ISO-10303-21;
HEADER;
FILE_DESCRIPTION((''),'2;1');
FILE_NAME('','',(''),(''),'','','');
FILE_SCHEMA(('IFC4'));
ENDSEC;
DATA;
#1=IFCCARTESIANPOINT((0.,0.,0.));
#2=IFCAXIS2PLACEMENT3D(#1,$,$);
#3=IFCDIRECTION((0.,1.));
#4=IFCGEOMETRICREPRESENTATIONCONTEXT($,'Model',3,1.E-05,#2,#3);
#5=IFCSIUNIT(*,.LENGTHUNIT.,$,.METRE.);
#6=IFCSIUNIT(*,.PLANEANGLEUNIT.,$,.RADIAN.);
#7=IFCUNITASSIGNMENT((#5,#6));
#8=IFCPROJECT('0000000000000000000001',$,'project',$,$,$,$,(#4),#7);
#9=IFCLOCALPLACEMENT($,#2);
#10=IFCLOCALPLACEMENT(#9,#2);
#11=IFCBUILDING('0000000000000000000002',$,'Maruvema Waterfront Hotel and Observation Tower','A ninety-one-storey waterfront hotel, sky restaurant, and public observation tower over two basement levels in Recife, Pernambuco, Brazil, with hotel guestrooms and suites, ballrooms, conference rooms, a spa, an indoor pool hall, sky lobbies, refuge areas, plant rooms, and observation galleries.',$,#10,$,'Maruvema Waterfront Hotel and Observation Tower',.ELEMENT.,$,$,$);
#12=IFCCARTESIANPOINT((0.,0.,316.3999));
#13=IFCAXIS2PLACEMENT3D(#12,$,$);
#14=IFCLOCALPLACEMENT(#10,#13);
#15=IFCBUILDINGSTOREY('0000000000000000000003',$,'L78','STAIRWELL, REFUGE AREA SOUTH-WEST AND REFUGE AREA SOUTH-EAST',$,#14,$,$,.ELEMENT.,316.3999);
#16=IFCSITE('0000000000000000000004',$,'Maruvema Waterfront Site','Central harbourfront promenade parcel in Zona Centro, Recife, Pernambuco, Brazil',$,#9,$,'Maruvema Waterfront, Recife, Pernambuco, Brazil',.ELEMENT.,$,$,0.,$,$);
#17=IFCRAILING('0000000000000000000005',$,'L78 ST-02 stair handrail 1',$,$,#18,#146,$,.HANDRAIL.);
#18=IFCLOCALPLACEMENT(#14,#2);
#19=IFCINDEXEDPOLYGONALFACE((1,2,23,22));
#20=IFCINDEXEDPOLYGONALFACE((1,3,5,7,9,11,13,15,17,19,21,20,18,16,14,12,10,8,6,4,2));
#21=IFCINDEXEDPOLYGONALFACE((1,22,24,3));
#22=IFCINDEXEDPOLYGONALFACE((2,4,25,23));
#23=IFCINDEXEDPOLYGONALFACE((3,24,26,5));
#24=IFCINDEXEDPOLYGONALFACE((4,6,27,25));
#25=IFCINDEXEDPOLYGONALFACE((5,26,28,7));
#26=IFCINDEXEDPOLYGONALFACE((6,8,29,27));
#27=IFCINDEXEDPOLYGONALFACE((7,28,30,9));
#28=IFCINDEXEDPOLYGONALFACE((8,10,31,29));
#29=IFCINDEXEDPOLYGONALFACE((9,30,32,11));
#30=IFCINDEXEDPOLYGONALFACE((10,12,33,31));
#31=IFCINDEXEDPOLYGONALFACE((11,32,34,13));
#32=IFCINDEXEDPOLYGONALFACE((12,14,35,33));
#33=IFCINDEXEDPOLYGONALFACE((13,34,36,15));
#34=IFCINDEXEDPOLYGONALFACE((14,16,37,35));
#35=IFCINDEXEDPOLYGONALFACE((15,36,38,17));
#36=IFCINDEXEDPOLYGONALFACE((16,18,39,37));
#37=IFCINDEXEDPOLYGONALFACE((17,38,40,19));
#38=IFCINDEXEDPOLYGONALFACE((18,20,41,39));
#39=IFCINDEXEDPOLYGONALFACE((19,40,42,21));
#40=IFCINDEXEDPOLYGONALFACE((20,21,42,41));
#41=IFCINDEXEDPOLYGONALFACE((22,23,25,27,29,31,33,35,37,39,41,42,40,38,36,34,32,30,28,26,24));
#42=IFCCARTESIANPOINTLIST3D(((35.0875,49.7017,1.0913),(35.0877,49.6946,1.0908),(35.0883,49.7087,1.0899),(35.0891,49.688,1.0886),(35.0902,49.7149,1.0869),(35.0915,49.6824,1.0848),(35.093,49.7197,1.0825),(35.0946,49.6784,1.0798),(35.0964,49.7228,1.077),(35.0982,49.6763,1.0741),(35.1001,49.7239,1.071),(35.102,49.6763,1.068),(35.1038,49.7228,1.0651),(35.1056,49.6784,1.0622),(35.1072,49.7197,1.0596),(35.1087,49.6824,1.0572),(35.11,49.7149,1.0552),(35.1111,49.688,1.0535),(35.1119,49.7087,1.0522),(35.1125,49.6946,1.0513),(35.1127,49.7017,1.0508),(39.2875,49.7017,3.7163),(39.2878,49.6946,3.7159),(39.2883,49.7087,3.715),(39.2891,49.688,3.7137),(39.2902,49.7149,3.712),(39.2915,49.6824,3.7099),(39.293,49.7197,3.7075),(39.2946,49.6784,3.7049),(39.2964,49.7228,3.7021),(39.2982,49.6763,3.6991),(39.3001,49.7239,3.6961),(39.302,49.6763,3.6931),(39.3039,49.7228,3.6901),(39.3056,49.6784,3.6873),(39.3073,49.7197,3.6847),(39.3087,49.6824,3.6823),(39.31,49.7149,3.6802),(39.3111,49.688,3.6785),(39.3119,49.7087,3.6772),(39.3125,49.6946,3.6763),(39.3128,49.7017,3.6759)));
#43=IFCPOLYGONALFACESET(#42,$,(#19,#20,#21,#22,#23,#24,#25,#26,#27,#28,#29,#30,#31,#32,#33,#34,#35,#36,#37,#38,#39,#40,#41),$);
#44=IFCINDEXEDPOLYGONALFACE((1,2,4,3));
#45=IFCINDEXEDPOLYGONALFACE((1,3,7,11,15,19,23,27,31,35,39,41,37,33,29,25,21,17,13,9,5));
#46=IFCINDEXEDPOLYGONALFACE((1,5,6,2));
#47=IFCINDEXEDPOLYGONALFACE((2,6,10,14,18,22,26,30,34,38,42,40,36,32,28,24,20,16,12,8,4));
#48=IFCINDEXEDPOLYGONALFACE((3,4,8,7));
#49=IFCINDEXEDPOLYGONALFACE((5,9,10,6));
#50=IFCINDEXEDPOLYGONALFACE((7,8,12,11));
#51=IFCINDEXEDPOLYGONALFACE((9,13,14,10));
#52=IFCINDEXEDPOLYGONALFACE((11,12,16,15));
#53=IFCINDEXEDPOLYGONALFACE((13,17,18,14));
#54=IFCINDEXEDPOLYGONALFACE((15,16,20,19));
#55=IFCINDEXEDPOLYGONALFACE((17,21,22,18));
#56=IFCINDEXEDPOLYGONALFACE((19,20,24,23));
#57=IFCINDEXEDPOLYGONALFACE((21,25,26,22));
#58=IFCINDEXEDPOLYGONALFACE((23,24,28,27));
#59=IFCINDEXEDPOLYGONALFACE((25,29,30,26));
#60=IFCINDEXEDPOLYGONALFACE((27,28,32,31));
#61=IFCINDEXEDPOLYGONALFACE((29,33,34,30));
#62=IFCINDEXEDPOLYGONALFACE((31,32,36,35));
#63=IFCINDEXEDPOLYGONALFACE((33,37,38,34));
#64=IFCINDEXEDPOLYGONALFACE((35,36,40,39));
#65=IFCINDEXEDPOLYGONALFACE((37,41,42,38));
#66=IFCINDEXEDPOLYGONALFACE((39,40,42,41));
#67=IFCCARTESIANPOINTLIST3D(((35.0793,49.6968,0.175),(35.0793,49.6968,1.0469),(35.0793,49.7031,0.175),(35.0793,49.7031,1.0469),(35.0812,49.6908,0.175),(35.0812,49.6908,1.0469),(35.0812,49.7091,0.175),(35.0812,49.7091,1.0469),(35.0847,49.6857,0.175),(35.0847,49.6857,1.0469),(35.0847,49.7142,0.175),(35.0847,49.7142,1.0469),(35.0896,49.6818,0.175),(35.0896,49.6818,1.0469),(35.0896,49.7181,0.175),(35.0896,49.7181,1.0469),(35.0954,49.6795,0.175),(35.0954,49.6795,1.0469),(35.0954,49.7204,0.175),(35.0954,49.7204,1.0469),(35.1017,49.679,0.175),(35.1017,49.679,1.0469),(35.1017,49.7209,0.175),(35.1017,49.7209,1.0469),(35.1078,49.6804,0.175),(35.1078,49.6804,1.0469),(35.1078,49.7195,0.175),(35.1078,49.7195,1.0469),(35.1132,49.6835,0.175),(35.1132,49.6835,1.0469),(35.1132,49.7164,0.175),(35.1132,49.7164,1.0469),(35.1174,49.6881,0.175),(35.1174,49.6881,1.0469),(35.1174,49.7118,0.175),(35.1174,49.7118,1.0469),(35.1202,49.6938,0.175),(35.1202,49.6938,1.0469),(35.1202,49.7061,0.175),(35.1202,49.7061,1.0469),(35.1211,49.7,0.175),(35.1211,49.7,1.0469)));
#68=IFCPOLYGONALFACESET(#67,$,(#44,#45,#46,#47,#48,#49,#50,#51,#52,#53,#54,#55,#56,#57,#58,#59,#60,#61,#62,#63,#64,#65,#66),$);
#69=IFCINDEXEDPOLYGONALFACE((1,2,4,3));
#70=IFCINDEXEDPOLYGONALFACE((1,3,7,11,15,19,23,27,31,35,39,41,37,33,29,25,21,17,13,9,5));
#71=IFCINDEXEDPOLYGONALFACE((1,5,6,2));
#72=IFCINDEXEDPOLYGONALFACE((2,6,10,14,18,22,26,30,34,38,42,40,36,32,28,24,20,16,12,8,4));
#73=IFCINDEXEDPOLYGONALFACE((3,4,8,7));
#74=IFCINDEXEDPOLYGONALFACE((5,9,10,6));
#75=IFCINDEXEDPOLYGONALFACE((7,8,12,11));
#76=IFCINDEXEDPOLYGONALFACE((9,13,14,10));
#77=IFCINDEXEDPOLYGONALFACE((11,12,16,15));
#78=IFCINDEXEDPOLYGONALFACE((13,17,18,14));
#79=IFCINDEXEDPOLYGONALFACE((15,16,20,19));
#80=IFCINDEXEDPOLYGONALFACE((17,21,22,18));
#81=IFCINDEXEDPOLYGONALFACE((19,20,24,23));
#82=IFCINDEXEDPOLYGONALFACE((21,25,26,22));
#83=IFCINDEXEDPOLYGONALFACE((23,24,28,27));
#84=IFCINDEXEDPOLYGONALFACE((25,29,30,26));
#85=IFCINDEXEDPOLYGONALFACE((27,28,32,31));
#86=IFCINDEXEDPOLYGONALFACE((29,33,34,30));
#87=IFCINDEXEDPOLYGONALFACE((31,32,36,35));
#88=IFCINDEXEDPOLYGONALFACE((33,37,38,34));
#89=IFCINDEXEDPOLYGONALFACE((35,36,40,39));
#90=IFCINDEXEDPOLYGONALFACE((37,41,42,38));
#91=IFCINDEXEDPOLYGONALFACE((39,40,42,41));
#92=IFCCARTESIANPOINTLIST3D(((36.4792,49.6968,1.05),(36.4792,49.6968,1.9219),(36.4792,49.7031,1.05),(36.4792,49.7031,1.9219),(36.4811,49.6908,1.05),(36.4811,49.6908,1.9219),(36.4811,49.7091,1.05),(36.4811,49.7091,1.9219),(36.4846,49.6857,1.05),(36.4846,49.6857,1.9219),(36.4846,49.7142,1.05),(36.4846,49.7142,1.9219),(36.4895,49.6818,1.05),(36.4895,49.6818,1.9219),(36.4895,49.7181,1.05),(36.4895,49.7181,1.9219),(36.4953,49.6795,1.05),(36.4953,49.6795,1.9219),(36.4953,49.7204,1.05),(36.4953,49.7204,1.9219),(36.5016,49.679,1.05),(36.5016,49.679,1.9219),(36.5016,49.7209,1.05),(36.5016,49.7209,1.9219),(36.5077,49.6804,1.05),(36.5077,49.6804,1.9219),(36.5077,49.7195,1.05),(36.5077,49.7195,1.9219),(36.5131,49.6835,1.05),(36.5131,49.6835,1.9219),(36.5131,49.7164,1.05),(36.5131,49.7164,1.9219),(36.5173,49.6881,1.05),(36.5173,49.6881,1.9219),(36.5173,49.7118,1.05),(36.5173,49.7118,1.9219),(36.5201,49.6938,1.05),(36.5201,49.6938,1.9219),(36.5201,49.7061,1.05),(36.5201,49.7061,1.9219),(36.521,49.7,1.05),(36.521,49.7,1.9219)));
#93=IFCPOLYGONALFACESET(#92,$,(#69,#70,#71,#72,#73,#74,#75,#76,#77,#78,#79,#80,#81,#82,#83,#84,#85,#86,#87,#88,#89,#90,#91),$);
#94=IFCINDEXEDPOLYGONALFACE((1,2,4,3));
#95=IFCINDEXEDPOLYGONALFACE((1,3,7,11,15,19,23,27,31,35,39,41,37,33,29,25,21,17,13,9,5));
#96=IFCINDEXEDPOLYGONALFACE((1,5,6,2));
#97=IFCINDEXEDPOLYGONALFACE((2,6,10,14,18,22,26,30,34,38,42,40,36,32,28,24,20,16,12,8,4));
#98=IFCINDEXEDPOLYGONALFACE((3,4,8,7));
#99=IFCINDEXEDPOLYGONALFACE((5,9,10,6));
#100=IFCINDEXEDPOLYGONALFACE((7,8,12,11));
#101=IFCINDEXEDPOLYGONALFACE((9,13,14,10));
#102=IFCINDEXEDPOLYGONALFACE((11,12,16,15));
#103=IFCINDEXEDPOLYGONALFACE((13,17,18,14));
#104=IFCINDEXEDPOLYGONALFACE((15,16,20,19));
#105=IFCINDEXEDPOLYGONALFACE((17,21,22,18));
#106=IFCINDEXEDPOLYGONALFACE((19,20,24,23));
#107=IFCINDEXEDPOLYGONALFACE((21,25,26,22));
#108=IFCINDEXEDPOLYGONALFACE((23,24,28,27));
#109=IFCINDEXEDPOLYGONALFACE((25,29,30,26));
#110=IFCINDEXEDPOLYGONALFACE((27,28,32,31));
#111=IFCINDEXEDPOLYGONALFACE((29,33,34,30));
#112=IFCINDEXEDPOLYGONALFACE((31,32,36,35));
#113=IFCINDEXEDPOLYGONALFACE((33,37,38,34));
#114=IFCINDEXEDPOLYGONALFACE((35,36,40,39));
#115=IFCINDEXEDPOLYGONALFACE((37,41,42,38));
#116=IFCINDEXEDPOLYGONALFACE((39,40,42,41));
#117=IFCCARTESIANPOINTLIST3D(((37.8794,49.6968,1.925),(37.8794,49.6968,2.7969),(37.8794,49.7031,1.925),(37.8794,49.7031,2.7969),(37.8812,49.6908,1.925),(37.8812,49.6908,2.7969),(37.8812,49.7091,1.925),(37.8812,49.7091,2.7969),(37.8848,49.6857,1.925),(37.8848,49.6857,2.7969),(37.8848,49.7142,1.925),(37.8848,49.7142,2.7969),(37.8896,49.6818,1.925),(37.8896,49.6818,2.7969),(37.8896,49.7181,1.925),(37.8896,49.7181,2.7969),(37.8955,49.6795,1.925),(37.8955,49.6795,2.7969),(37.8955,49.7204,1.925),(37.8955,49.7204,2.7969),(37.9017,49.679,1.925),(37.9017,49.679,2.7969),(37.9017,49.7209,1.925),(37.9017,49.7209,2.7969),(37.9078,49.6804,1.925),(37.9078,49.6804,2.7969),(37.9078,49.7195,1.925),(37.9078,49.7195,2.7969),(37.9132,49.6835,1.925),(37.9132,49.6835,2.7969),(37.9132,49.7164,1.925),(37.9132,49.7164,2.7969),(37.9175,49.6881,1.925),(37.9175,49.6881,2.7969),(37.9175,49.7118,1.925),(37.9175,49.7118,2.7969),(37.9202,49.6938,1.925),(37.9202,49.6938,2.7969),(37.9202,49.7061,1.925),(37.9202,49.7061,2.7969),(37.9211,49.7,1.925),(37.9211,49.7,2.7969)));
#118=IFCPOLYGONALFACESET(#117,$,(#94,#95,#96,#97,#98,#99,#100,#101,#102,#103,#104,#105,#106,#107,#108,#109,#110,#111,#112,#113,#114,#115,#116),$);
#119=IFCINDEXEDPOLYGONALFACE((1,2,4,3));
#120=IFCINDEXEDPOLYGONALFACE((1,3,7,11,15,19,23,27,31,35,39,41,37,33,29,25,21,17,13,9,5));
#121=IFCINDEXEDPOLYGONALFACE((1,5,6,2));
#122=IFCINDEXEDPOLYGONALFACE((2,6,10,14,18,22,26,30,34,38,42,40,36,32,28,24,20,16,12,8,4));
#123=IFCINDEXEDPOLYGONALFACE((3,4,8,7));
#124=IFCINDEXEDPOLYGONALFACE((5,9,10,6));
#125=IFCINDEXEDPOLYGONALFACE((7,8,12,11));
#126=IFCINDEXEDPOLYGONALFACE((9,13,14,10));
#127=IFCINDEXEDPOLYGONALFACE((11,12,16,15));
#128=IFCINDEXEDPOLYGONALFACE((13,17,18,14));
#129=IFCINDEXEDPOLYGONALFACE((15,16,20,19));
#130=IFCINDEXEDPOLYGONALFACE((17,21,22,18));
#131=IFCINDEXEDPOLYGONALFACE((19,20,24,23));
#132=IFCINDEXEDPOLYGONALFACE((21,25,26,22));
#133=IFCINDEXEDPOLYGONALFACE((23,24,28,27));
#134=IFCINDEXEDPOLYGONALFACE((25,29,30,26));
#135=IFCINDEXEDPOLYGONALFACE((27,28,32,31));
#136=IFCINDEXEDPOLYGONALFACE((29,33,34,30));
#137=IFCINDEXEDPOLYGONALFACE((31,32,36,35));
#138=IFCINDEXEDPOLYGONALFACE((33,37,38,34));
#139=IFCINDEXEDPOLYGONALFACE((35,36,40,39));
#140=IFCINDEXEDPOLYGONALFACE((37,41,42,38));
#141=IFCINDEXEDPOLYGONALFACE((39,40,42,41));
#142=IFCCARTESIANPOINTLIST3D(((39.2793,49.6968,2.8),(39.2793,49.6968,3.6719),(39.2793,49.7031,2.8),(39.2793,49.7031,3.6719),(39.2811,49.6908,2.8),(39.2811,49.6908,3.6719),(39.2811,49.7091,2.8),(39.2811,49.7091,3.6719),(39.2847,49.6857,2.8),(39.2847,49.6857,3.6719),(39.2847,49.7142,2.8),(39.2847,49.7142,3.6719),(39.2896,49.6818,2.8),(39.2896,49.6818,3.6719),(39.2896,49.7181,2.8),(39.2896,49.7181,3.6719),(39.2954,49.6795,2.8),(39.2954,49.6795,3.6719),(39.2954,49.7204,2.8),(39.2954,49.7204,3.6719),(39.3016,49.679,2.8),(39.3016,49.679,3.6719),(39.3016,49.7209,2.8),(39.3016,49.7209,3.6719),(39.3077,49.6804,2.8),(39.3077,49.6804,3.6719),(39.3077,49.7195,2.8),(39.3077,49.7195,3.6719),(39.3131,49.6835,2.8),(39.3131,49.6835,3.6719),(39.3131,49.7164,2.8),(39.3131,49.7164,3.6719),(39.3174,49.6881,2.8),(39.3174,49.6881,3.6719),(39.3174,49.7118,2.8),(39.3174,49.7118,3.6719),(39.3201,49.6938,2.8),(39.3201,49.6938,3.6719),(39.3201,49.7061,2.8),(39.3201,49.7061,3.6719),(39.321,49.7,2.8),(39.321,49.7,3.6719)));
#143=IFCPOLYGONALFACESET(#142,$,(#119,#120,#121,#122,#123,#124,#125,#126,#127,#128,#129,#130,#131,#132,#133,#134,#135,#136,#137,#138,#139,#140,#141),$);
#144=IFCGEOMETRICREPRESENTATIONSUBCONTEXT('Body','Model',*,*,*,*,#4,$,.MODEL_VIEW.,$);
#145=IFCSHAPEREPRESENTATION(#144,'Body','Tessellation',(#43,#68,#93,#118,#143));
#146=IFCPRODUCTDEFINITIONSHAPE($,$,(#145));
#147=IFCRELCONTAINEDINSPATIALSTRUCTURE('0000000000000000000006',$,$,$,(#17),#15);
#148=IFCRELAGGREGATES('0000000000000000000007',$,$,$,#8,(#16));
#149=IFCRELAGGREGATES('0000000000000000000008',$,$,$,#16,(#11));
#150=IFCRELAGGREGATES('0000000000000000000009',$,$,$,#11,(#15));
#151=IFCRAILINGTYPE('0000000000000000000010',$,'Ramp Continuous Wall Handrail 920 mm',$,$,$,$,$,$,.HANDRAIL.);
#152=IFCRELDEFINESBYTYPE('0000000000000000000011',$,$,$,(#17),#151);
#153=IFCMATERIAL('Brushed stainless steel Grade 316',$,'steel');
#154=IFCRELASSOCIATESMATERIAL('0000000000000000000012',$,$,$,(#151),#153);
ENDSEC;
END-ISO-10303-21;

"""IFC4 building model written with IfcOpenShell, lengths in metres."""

from ifc_helpers import new_model, si_unit, direction, frame, origin, origin_2d, place, context, subcontext, project, spatial, circle, extrude, material, type_object, element, save


model = new_model("IFC4")

# Units and contexts
model_context = context("Model", 3, precision=1e-05, world=origin(), true_north=direction((0.0, 1.0)))
body_context = subcontext(model_context, "Body", "Model", "MODEL_VIEW")
ifc_project = project(units=[si_unit("LENGTHUNIT", "METRE"), si_unit("PLANEANGLEUNIT", "RADIAN")], contexts=[model_context])

# Site, building, storey
site_placement = place(None, origin())
site = spatial("IfcSite", under=ifc_project, at=site_placement, Name="Maruvema Waterfront Site", Description="Central harbourfront promenade parcel in Zona Centro, Recife, Pernambuco, Brazil", LongName="Maruvema Waterfront, Recife, Pernambuco, Brazil", CompositionType="ELEMENT", RefElevation=0.0)
building_placement = place(site_placement, origin())
building = spatial("IfcBuilding", under=site, at=building_placement, Name="Maruvema Waterfront Hotel and Observation Tower", Description="A ninety-one-storey waterfront hotel, sky restaurant, and public observation tower over two basement levels in Recife, Pernambuco, Brazil, with hotel guestrooms and suites, ballrooms, conference rooms, a spa, an indoor pool hall, sky lobbies, refuge areas, plant rooms, and observation galleries.", LongName="Maruvema Waterfront Hotel and Observation Tower", CompositionType="ELEMENT")
storey_placement = place(building_placement, frame((0.0, 0.0, 316.3999)))
storey = spatial("IfcBuildingStorey", under=building, at=storey_placement, Name="L78", Description="STAIRWELL, REFUGE AREA SOUTH-WEST AND REFUGE AREA SOUTH-EAST", CompositionType="ELEMENT", Elevation=316.3999)

# Railing
ifc_material_1 = material(Name="Brushed stainless steel Grade 316", Category="steel")
railing_type_1 = type_object("IfcRailingType", Name="Ramp Continuous Wall Handrail 920 mm", PredefinedType="HANDRAIL", material=ifc_material_1)
railing_1_placement = place(storey_placement, frame((35.1001, 49.7, 0.175)))
element("IfcRailing", 1, at=railing_1_placement, inside=storey, type_object=railing_type_1, Name="L78 ST-02 stair handrail 1", PredefinedType="HANDRAIL", context=body_context, shape_type="SweptSolid", body=[
    extrude(circle(Radius=0.0239, at=origin_2d()), frame((0.0, 0.0, 0.896), z_axis=(0.847996, 0.0, 0.530003), x_axis=(0.0, 1.0, 0.0)), (0.0, 0.0, 1.0), 4.9529),
    extrude(circle(Radius=0.021, at=origin_2d()), origin(), (0.0, 0.0, 1.0), 0.8718),
    extrude(circle(Radius=0.021, at=origin_2d()), frame((1.3999, 0.0, 0.875)), (0.0, 0.0, 1.0), 0.8718),
    extrude(circle(Radius=0.021, at=origin_2d()), frame((2.8, 0.0, 1.75)), (0.0, 0.0, 1.0), 0.8718),
    extrude(circle(Radius=0.021, at=origin_2d()), frame((4.2, 0.0, 2.625)), (0.0, 0.0, 1.0), 0.8718),
])

save(model, "model.ifc")
